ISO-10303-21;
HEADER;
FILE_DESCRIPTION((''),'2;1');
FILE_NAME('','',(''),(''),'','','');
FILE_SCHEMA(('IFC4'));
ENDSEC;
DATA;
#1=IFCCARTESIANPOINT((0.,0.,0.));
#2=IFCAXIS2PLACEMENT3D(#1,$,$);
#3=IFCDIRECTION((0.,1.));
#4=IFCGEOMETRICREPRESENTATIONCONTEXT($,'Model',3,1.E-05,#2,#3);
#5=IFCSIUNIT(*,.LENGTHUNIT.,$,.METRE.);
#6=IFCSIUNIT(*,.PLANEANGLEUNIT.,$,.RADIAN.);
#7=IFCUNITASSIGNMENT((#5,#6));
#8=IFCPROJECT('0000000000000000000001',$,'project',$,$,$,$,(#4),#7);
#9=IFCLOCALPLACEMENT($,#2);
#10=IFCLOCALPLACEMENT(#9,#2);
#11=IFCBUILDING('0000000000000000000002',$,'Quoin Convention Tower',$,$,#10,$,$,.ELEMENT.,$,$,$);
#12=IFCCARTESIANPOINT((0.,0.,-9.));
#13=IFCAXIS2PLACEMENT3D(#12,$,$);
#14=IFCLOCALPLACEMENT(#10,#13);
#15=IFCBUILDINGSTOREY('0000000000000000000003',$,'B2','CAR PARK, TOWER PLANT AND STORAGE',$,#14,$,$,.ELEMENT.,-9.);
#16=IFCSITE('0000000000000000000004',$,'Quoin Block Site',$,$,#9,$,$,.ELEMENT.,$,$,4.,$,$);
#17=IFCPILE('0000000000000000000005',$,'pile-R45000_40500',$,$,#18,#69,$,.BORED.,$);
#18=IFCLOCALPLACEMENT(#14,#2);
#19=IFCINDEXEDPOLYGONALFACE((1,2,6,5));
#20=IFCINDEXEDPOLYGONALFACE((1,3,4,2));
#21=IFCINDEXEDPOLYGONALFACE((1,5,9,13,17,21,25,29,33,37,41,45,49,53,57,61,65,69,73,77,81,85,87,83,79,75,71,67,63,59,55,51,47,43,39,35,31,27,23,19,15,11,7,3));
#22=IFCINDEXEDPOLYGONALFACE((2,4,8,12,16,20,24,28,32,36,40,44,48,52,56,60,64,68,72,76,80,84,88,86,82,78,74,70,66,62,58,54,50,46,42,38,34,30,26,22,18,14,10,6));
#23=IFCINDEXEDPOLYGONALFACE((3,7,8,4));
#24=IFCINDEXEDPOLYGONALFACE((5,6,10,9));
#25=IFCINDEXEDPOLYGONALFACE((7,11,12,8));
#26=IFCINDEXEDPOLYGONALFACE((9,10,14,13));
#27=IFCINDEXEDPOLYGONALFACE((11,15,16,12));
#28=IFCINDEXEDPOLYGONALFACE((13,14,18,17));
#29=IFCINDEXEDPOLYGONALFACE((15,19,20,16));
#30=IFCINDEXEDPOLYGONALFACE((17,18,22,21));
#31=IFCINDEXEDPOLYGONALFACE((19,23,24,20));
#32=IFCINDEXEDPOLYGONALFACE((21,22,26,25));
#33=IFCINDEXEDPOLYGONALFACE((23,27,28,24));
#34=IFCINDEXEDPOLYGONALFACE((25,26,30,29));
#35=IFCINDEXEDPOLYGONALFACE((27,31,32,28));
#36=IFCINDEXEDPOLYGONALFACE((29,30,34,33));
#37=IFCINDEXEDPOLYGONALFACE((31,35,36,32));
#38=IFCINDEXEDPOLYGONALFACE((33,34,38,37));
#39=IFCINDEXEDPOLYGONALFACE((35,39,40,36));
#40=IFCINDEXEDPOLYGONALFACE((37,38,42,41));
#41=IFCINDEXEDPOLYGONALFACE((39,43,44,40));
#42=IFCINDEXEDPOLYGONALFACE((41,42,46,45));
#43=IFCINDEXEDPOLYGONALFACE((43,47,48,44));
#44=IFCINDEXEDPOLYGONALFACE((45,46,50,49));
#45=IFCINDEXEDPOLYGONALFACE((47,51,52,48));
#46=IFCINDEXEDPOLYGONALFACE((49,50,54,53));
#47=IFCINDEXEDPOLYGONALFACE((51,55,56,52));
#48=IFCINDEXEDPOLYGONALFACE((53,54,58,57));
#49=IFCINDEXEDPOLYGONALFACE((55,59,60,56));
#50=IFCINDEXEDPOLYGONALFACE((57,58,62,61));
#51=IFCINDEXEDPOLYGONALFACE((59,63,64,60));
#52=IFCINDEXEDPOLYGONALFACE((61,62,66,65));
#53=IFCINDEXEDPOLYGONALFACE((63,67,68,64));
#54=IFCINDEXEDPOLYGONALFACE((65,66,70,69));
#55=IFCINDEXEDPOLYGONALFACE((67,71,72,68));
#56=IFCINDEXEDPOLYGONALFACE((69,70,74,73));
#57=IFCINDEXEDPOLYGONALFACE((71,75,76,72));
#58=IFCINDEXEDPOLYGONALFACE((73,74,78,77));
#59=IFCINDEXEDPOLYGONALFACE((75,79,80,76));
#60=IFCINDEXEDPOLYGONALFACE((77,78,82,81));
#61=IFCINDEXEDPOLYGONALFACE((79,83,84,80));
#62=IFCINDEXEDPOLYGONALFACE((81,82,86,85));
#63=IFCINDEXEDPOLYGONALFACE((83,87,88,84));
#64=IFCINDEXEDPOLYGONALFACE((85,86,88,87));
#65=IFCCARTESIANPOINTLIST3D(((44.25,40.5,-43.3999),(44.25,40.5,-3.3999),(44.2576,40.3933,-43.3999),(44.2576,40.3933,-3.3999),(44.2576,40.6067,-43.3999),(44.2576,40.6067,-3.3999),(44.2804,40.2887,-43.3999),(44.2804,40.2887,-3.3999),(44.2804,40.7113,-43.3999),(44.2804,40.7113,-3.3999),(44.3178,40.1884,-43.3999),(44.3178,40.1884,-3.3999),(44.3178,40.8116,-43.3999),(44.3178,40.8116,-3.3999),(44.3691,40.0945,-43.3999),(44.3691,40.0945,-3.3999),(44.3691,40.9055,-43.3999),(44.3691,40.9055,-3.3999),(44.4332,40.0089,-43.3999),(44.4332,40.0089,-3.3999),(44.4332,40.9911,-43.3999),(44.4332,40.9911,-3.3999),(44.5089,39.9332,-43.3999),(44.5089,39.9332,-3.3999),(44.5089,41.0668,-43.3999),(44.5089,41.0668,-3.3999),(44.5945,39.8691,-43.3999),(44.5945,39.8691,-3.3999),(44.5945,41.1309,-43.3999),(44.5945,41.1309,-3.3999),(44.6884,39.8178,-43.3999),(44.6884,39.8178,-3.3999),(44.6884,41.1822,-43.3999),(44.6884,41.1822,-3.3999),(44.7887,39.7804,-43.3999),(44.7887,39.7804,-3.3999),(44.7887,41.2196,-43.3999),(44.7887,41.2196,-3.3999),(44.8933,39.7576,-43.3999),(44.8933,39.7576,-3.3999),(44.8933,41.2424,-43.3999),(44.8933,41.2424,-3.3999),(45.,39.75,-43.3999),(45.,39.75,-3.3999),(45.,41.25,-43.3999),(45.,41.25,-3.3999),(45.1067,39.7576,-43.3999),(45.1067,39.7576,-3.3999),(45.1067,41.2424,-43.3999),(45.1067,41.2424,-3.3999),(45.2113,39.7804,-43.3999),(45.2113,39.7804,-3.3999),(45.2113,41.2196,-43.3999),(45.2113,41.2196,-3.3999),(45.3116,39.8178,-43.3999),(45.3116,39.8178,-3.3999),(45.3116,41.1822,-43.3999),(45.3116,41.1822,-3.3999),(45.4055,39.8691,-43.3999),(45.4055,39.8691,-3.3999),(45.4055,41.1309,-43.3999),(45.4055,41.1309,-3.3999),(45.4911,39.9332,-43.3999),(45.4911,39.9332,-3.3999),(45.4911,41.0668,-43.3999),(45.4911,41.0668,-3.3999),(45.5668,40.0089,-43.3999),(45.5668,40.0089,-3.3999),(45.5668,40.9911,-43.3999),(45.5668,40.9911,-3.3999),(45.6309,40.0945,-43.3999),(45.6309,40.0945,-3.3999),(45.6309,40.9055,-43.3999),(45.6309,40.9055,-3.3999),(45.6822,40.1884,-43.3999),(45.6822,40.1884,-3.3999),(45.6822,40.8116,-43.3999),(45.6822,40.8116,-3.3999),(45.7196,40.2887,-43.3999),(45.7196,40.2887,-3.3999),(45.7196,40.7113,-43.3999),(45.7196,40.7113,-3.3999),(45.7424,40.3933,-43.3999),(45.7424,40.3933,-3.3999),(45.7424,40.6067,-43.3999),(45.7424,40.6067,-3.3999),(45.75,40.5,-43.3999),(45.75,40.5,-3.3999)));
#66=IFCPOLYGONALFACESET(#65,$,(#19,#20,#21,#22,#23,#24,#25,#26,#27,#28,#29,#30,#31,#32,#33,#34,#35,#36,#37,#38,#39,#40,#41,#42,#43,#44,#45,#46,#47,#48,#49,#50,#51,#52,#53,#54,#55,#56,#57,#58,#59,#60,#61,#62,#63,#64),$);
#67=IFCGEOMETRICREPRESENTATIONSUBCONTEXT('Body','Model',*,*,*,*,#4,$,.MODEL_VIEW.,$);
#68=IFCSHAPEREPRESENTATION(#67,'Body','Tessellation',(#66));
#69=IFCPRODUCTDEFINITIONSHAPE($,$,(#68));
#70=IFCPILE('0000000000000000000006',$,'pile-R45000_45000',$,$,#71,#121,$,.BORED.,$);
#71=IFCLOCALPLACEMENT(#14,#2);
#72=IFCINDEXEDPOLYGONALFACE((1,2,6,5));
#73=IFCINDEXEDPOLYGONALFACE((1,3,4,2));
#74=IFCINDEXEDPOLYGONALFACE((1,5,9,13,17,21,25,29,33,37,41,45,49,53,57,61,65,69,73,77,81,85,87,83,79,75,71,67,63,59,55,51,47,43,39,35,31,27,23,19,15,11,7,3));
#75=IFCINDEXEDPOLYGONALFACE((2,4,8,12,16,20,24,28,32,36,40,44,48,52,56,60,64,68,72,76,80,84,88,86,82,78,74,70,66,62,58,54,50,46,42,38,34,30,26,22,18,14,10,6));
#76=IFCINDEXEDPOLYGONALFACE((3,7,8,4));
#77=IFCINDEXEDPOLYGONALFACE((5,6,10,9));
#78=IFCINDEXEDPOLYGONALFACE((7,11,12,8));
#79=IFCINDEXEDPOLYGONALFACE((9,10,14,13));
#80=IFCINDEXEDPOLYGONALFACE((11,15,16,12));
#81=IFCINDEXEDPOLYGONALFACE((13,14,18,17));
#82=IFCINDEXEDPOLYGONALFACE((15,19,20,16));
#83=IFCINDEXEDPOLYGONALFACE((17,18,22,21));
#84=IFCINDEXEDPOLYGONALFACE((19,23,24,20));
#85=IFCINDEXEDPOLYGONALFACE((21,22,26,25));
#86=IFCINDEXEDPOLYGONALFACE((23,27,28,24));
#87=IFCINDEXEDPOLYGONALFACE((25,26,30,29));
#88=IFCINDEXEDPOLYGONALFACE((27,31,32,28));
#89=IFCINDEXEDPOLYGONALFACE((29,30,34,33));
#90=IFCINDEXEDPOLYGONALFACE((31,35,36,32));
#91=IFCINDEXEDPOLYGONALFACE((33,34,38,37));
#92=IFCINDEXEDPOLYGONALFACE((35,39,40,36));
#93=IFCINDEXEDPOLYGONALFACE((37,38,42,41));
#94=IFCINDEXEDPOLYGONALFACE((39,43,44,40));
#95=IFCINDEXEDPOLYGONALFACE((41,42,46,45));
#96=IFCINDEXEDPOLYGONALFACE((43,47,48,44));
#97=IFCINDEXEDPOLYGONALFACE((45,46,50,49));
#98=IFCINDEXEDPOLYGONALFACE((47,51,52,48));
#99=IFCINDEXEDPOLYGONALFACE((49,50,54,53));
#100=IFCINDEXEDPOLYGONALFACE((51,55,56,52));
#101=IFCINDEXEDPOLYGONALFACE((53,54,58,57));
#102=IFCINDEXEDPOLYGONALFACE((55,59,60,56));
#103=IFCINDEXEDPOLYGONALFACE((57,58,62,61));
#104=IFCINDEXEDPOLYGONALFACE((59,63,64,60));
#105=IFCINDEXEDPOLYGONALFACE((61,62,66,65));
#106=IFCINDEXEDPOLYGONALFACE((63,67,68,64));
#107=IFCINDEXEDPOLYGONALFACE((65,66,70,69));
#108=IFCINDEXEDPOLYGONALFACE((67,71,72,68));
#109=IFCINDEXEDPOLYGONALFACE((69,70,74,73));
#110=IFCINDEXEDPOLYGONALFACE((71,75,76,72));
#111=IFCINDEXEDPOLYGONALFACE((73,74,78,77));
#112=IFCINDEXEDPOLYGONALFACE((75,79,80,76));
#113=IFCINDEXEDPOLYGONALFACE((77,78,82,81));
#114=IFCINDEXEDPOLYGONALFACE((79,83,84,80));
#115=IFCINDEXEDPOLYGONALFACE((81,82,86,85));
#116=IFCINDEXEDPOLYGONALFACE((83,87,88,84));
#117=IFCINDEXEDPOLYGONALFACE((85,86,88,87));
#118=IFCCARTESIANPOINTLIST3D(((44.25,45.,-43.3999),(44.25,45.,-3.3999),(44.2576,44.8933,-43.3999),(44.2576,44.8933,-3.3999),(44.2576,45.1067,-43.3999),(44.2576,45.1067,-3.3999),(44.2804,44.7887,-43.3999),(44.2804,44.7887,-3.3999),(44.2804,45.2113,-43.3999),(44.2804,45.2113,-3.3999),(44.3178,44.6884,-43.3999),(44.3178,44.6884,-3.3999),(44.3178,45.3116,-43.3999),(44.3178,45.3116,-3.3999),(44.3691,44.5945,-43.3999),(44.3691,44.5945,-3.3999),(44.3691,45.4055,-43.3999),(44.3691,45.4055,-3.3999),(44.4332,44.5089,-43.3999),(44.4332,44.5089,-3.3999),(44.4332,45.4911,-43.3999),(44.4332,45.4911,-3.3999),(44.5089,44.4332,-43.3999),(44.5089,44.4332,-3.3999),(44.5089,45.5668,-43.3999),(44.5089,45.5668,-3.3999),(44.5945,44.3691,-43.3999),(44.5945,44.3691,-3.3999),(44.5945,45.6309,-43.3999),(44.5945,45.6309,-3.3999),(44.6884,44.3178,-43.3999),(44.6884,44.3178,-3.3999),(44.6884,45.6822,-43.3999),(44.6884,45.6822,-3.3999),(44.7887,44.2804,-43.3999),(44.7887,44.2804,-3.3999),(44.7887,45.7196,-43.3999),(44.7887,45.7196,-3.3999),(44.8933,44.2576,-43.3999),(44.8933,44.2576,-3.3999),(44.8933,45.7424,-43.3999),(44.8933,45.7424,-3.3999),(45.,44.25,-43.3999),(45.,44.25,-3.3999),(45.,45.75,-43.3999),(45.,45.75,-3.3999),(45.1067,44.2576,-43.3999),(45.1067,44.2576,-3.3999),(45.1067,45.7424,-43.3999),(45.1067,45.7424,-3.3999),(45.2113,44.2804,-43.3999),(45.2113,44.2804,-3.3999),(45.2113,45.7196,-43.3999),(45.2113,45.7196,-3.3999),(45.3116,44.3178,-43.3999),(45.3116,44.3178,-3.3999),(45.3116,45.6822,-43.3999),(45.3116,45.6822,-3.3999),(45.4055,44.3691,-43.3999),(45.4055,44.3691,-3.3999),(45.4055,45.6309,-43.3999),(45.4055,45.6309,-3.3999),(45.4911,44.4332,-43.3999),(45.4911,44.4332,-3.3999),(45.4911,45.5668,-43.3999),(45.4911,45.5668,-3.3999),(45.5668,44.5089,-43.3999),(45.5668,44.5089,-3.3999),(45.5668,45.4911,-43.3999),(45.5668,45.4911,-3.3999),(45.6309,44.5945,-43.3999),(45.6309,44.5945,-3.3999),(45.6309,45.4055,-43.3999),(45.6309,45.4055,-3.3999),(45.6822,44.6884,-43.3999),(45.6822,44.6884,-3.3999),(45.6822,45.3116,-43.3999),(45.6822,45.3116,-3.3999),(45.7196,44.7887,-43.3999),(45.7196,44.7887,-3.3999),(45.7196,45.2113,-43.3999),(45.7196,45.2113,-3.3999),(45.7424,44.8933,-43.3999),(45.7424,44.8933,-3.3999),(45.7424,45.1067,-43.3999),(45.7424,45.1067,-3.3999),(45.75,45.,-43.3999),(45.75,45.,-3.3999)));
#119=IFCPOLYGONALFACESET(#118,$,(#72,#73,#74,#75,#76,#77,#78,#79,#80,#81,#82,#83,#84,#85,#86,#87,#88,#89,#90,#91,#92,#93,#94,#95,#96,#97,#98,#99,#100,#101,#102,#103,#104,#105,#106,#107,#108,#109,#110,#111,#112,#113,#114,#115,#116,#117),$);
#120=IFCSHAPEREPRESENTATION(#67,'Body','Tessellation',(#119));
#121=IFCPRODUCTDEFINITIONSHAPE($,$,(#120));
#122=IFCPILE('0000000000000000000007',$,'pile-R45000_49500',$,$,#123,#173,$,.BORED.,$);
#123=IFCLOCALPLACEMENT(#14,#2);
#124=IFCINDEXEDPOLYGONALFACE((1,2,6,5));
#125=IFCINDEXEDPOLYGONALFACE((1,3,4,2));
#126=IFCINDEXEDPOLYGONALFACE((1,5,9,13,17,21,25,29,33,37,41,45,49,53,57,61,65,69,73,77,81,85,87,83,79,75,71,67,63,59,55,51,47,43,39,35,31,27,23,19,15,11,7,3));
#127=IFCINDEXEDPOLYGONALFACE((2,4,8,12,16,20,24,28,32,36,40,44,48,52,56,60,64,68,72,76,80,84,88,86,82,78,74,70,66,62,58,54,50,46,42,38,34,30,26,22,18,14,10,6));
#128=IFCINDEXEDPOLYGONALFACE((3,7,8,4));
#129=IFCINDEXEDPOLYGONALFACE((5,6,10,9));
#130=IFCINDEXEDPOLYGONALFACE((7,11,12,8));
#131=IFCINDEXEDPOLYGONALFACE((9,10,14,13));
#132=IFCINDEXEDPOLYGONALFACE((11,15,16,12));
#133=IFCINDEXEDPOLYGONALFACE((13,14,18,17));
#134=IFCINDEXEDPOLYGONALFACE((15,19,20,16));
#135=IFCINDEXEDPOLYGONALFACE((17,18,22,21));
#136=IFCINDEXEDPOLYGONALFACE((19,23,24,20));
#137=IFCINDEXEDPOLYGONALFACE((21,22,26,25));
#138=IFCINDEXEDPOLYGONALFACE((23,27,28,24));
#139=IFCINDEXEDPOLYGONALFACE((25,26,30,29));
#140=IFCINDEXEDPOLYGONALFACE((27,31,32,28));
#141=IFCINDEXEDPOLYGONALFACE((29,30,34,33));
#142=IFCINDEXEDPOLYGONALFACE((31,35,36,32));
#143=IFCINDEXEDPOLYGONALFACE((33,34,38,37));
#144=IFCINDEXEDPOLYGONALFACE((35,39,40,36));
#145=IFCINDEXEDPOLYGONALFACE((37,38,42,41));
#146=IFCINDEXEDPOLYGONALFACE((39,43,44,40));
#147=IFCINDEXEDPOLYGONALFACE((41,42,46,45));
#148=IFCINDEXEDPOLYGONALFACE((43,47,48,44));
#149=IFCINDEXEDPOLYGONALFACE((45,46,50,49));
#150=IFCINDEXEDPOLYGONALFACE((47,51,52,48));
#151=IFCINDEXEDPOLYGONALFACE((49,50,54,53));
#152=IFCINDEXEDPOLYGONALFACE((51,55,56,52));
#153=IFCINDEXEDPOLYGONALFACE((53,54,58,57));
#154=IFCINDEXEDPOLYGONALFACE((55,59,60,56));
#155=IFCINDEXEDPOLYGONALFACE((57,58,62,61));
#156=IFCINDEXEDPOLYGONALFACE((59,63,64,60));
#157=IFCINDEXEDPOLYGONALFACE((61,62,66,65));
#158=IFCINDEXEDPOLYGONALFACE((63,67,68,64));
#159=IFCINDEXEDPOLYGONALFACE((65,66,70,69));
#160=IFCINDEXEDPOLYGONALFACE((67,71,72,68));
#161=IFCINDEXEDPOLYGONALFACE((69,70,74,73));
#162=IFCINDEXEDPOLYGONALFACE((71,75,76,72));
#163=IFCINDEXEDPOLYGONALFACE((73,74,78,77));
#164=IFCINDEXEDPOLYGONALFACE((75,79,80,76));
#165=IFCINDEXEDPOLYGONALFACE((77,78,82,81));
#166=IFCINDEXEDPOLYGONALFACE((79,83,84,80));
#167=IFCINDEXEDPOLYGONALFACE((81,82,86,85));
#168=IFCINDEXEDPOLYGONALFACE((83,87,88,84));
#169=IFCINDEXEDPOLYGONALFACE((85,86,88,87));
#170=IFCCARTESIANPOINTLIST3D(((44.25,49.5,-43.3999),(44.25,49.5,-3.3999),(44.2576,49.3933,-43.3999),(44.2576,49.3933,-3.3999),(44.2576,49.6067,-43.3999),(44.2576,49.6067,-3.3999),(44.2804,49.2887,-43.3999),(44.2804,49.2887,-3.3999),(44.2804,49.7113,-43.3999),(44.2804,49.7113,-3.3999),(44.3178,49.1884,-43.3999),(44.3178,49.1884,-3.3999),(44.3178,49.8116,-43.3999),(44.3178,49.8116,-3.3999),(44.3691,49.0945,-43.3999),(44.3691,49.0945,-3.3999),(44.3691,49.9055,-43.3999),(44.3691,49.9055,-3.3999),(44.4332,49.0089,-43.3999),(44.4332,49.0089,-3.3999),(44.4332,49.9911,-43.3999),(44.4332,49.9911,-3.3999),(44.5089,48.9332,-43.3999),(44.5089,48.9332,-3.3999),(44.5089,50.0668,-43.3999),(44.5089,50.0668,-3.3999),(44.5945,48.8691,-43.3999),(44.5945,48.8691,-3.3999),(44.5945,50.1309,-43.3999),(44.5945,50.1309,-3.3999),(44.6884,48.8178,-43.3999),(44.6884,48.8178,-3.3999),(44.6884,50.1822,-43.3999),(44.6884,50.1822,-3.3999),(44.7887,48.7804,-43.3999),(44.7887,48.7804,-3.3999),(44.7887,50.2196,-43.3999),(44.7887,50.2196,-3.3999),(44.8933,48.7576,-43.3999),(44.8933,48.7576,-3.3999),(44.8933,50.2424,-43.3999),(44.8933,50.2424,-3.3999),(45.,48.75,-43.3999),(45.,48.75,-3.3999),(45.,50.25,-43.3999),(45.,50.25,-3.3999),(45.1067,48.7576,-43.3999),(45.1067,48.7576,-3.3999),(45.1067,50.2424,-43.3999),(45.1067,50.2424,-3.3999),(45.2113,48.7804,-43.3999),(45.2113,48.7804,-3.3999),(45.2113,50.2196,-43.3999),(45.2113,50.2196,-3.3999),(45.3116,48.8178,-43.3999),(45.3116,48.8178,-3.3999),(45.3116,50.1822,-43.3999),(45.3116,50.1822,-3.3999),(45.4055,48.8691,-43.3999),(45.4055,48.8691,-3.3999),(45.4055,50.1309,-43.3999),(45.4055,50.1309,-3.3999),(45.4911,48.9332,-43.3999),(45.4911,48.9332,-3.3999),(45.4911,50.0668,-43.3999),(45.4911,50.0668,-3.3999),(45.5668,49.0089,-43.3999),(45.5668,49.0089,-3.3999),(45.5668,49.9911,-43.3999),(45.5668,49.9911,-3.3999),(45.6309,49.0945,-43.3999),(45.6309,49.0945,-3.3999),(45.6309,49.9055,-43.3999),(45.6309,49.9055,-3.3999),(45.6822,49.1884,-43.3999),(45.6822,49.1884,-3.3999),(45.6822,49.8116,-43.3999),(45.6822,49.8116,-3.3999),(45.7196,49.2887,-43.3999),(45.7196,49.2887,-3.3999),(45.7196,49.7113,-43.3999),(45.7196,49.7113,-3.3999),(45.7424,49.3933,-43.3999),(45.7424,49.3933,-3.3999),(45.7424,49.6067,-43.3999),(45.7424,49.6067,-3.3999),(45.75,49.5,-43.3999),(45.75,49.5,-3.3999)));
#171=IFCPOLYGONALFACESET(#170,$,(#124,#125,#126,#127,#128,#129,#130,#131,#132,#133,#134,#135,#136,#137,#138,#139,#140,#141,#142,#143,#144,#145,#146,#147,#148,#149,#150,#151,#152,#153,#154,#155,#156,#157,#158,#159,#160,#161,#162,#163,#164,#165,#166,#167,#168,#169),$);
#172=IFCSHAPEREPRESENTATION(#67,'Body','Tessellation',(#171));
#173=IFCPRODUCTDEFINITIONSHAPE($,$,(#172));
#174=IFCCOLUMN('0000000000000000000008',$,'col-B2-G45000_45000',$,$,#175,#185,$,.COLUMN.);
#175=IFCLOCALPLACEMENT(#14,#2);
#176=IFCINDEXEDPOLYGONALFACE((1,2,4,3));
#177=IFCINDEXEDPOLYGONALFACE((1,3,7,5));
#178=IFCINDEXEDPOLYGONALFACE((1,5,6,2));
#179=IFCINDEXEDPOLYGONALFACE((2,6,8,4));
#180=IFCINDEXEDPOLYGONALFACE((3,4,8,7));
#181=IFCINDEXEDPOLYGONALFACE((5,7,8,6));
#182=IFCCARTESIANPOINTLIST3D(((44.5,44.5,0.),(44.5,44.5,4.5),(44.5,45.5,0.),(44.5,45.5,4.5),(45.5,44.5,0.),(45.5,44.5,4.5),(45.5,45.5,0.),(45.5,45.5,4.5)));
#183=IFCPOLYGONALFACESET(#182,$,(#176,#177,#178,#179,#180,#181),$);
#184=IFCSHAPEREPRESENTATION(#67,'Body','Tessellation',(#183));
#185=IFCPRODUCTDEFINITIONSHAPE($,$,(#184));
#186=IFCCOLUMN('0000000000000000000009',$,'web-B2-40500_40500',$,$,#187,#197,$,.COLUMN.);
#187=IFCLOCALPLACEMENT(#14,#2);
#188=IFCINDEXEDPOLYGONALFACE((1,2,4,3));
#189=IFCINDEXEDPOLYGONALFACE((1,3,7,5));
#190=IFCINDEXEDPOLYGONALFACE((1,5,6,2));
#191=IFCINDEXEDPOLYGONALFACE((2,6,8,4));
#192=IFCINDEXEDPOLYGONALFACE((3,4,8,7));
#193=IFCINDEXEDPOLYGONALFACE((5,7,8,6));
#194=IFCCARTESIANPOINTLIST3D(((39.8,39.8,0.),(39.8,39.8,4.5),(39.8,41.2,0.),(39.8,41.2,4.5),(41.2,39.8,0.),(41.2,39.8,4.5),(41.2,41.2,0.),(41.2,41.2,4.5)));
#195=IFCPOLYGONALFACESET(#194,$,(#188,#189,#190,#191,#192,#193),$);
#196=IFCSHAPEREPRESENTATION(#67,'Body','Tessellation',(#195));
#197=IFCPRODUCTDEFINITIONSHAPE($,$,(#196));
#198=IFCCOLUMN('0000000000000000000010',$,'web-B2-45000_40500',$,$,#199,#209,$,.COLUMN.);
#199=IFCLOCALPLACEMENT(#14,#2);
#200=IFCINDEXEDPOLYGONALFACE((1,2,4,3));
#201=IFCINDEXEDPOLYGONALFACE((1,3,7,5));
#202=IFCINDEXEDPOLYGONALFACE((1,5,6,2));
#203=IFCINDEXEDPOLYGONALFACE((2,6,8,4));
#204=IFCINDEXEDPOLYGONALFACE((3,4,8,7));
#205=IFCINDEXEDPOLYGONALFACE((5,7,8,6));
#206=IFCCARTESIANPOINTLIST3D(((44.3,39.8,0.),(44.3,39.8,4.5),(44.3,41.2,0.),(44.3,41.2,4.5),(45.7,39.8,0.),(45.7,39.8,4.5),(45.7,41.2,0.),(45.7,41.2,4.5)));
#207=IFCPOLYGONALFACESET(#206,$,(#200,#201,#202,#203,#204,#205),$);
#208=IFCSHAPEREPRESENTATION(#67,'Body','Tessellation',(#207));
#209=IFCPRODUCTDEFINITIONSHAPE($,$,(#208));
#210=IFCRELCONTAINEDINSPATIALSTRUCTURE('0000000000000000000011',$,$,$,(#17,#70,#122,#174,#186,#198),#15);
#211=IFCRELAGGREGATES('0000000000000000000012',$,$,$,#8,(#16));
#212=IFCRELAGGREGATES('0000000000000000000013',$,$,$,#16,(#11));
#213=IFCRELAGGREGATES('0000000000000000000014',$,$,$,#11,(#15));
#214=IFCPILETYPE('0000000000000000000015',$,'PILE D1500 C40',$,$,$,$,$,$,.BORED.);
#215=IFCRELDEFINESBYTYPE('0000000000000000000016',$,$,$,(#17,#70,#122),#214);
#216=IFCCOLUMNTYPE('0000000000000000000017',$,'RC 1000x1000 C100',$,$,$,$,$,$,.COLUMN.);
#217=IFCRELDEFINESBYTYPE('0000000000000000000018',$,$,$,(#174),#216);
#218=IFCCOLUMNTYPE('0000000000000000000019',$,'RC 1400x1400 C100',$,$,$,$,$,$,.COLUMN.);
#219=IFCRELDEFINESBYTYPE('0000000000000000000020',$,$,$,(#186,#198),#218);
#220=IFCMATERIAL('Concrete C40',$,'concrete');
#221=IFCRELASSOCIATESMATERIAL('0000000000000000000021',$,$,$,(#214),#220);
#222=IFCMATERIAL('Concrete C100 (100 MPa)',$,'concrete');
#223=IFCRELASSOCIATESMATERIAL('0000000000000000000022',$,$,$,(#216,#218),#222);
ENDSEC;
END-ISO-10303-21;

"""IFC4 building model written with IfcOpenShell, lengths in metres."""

from ifc_helpers import new_model, si_unit, direction, frame, origin, origin_2d, place, context, subcontext, project, spatial, rectangle, circle, extrude, material, material_profile, profile_set, type_object, element, save


model = new_model("IFC4")

# Units and contexts
model_context = context("Model", 3, precision=1e-05, world=origin(), true_north=direction((0.0, 1.0)))
body_context = subcontext(model_context, "Body", "Model", "MODEL_VIEW")
ifc_project = project(units=[si_unit("LENGTHUNIT", "METRE"), si_unit("PLANEANGLEUNIT", "RADIAN")], contexts=[model_context])

# Site, building, storey
site_placement = place(None, origin())
site = spatial("IfcSite", under=ifc_project, at=site_placement, Name="Quoin Block Site", CompositionType="ELEMENT", RefElevation=4.0)
building_placement = place(site_placement, origin())
building = spatial("IfcBuilding", under=site, at=building_placement, Name="Quoin Convention Tower", CompositionType="ELEMENT")
storey_placement = place(building_placement, frame((0.0, 0.0, -9.0)))
storey = spatial("IfcBuildingStorey", under=building, at=storey_placement, Name="B2", Description="CAR PARK, TOWER PLANT AND STORAGE", CompositionType="ELEMENT", Elevation=-9.0)

# Piles
ifc_material_1 = material(Name="Concrete C40", Category="concrete")
ifc_material_profile_1 = material_profile(ifc_material_1, circle(Radius=0.75, at=origin_2d()), Name="D1500")
ifc_profile_set_1 = profile_set([ifc_material_profile_1], Name="Concrete C40")
pile_type = type_object("IfcPileType", Name="PILE D1500 C40", PredefinedType="BORED", material=ifc_profile_set_1)
for number, where, z_axis, x_axis, name in (
    (1, (45.0, 40.5, -3.3999), (0.0, 0.0, -1.0), (1.0, 0.0, 0.0), "pile-R45000_40500"),
    (2, (45.0, 45.0, -3.3999), (0.0, 0.0, -1.0), (1.0, 0.0, 0.0), "pile-R45000_45000"),
    (3, (45.0, 49.5, -3.3999), (0.0, 0.0, -1.0), (1.0, 0.0, 0.0), "pile-R45000_49500"),
):
    element("IfcPile", number, at=place(storey_placement, frame(where, z_axis=z_axis, x_axis=x_axis)), inside=storey, type_object=pile_type, Name=name, PredefinedType="BORED", context=body_context, shape_type="SweptSolid", body=[
        extrude(circle(Radius=0.75, at=origin_2d()), origin(), (0.0, 0.0, 1.0), 40.0),
    ])

# Columns
ifc_material_2 = material(Name="Concrete C100 (100 MPa)", Category="concrete")
ifc_material_profile_2 = material_profile(ifc_material_2, rectangle(XDim=1.0, YDim=1.0, at=origin_2d()), Name="RC 1000x1000")
ifc_profile_set_2 = profile_set([ifc_material_profile_2], Name="Concrete C100 (100 MPa)")
column_type_1 = type_object("IfcColumnType", Name="RC 1000x1000 C100", PredefinedType="COLUMN", material=ifc_profile_set_2)
column_placement = place(storey_placement, frame((45.0, 45.0, 0.0), z_axis=(0.0, 0.0, 1.0), x_axis=(1.0, 0.0, 0.0)))
element("IfcColumn", 4, at=column_placement, inside=storey, type_object=column_type_1, Name="col-B2-G45000_45000", PredefinedType="COLUMN", context=body_context, shape_type="SweptSolid", body=[
    extrude(rectangle(XDim=1.0, YDim=1.0, at=origin_2d()), origin(), (0.0, 0.0, 1.0), 4.5),
])
ifc_material_profile_3 = material_profile(ifc_material_2, rectangle(XDim=1.3999, YDim=1.3999, at=origin_2d()), Name="RC 1400x1400")
ifc_profile_set_3 = profile_set([ifc_material_profile_3], Name="Concrete C100 (100 MPa)")
column_type_2 = type_object("IfcColumnType", Name="RC 1400x1400 C100", PredefinedType="COLUMN", material=ifc_profile_set_3)
for number, where, z_axis, x_axis, name in (
    (5, (40.5, 40.5, 0.0), (0.0, 0.0, 1.0), (1.0, 0.0, 0.0), "web-B2-40500_40500"),
    (6, (45.0, 40.5, 0.0), (0.0, 0.0, 1.0), (1.0, 0.0, 0.0), "web-B2-45000_40500"),
):
    element("IfcColumn", number, at=place(storey_placement, frame(where, z_axis=z_axis, x_axis=x_axis)), inside=storey, type_object=column_type_2, Name=name, PredefinedType="COLUMN", context=body_context, shape_type="SweptSolid", body=[
        extrude(rectangle(XDim=1.3999, YDim=1.3999, at=origin_2d()), origin(), (0.0, 0.0, 1.0), 4.5),
    ])

save(model, "model.ifc")
